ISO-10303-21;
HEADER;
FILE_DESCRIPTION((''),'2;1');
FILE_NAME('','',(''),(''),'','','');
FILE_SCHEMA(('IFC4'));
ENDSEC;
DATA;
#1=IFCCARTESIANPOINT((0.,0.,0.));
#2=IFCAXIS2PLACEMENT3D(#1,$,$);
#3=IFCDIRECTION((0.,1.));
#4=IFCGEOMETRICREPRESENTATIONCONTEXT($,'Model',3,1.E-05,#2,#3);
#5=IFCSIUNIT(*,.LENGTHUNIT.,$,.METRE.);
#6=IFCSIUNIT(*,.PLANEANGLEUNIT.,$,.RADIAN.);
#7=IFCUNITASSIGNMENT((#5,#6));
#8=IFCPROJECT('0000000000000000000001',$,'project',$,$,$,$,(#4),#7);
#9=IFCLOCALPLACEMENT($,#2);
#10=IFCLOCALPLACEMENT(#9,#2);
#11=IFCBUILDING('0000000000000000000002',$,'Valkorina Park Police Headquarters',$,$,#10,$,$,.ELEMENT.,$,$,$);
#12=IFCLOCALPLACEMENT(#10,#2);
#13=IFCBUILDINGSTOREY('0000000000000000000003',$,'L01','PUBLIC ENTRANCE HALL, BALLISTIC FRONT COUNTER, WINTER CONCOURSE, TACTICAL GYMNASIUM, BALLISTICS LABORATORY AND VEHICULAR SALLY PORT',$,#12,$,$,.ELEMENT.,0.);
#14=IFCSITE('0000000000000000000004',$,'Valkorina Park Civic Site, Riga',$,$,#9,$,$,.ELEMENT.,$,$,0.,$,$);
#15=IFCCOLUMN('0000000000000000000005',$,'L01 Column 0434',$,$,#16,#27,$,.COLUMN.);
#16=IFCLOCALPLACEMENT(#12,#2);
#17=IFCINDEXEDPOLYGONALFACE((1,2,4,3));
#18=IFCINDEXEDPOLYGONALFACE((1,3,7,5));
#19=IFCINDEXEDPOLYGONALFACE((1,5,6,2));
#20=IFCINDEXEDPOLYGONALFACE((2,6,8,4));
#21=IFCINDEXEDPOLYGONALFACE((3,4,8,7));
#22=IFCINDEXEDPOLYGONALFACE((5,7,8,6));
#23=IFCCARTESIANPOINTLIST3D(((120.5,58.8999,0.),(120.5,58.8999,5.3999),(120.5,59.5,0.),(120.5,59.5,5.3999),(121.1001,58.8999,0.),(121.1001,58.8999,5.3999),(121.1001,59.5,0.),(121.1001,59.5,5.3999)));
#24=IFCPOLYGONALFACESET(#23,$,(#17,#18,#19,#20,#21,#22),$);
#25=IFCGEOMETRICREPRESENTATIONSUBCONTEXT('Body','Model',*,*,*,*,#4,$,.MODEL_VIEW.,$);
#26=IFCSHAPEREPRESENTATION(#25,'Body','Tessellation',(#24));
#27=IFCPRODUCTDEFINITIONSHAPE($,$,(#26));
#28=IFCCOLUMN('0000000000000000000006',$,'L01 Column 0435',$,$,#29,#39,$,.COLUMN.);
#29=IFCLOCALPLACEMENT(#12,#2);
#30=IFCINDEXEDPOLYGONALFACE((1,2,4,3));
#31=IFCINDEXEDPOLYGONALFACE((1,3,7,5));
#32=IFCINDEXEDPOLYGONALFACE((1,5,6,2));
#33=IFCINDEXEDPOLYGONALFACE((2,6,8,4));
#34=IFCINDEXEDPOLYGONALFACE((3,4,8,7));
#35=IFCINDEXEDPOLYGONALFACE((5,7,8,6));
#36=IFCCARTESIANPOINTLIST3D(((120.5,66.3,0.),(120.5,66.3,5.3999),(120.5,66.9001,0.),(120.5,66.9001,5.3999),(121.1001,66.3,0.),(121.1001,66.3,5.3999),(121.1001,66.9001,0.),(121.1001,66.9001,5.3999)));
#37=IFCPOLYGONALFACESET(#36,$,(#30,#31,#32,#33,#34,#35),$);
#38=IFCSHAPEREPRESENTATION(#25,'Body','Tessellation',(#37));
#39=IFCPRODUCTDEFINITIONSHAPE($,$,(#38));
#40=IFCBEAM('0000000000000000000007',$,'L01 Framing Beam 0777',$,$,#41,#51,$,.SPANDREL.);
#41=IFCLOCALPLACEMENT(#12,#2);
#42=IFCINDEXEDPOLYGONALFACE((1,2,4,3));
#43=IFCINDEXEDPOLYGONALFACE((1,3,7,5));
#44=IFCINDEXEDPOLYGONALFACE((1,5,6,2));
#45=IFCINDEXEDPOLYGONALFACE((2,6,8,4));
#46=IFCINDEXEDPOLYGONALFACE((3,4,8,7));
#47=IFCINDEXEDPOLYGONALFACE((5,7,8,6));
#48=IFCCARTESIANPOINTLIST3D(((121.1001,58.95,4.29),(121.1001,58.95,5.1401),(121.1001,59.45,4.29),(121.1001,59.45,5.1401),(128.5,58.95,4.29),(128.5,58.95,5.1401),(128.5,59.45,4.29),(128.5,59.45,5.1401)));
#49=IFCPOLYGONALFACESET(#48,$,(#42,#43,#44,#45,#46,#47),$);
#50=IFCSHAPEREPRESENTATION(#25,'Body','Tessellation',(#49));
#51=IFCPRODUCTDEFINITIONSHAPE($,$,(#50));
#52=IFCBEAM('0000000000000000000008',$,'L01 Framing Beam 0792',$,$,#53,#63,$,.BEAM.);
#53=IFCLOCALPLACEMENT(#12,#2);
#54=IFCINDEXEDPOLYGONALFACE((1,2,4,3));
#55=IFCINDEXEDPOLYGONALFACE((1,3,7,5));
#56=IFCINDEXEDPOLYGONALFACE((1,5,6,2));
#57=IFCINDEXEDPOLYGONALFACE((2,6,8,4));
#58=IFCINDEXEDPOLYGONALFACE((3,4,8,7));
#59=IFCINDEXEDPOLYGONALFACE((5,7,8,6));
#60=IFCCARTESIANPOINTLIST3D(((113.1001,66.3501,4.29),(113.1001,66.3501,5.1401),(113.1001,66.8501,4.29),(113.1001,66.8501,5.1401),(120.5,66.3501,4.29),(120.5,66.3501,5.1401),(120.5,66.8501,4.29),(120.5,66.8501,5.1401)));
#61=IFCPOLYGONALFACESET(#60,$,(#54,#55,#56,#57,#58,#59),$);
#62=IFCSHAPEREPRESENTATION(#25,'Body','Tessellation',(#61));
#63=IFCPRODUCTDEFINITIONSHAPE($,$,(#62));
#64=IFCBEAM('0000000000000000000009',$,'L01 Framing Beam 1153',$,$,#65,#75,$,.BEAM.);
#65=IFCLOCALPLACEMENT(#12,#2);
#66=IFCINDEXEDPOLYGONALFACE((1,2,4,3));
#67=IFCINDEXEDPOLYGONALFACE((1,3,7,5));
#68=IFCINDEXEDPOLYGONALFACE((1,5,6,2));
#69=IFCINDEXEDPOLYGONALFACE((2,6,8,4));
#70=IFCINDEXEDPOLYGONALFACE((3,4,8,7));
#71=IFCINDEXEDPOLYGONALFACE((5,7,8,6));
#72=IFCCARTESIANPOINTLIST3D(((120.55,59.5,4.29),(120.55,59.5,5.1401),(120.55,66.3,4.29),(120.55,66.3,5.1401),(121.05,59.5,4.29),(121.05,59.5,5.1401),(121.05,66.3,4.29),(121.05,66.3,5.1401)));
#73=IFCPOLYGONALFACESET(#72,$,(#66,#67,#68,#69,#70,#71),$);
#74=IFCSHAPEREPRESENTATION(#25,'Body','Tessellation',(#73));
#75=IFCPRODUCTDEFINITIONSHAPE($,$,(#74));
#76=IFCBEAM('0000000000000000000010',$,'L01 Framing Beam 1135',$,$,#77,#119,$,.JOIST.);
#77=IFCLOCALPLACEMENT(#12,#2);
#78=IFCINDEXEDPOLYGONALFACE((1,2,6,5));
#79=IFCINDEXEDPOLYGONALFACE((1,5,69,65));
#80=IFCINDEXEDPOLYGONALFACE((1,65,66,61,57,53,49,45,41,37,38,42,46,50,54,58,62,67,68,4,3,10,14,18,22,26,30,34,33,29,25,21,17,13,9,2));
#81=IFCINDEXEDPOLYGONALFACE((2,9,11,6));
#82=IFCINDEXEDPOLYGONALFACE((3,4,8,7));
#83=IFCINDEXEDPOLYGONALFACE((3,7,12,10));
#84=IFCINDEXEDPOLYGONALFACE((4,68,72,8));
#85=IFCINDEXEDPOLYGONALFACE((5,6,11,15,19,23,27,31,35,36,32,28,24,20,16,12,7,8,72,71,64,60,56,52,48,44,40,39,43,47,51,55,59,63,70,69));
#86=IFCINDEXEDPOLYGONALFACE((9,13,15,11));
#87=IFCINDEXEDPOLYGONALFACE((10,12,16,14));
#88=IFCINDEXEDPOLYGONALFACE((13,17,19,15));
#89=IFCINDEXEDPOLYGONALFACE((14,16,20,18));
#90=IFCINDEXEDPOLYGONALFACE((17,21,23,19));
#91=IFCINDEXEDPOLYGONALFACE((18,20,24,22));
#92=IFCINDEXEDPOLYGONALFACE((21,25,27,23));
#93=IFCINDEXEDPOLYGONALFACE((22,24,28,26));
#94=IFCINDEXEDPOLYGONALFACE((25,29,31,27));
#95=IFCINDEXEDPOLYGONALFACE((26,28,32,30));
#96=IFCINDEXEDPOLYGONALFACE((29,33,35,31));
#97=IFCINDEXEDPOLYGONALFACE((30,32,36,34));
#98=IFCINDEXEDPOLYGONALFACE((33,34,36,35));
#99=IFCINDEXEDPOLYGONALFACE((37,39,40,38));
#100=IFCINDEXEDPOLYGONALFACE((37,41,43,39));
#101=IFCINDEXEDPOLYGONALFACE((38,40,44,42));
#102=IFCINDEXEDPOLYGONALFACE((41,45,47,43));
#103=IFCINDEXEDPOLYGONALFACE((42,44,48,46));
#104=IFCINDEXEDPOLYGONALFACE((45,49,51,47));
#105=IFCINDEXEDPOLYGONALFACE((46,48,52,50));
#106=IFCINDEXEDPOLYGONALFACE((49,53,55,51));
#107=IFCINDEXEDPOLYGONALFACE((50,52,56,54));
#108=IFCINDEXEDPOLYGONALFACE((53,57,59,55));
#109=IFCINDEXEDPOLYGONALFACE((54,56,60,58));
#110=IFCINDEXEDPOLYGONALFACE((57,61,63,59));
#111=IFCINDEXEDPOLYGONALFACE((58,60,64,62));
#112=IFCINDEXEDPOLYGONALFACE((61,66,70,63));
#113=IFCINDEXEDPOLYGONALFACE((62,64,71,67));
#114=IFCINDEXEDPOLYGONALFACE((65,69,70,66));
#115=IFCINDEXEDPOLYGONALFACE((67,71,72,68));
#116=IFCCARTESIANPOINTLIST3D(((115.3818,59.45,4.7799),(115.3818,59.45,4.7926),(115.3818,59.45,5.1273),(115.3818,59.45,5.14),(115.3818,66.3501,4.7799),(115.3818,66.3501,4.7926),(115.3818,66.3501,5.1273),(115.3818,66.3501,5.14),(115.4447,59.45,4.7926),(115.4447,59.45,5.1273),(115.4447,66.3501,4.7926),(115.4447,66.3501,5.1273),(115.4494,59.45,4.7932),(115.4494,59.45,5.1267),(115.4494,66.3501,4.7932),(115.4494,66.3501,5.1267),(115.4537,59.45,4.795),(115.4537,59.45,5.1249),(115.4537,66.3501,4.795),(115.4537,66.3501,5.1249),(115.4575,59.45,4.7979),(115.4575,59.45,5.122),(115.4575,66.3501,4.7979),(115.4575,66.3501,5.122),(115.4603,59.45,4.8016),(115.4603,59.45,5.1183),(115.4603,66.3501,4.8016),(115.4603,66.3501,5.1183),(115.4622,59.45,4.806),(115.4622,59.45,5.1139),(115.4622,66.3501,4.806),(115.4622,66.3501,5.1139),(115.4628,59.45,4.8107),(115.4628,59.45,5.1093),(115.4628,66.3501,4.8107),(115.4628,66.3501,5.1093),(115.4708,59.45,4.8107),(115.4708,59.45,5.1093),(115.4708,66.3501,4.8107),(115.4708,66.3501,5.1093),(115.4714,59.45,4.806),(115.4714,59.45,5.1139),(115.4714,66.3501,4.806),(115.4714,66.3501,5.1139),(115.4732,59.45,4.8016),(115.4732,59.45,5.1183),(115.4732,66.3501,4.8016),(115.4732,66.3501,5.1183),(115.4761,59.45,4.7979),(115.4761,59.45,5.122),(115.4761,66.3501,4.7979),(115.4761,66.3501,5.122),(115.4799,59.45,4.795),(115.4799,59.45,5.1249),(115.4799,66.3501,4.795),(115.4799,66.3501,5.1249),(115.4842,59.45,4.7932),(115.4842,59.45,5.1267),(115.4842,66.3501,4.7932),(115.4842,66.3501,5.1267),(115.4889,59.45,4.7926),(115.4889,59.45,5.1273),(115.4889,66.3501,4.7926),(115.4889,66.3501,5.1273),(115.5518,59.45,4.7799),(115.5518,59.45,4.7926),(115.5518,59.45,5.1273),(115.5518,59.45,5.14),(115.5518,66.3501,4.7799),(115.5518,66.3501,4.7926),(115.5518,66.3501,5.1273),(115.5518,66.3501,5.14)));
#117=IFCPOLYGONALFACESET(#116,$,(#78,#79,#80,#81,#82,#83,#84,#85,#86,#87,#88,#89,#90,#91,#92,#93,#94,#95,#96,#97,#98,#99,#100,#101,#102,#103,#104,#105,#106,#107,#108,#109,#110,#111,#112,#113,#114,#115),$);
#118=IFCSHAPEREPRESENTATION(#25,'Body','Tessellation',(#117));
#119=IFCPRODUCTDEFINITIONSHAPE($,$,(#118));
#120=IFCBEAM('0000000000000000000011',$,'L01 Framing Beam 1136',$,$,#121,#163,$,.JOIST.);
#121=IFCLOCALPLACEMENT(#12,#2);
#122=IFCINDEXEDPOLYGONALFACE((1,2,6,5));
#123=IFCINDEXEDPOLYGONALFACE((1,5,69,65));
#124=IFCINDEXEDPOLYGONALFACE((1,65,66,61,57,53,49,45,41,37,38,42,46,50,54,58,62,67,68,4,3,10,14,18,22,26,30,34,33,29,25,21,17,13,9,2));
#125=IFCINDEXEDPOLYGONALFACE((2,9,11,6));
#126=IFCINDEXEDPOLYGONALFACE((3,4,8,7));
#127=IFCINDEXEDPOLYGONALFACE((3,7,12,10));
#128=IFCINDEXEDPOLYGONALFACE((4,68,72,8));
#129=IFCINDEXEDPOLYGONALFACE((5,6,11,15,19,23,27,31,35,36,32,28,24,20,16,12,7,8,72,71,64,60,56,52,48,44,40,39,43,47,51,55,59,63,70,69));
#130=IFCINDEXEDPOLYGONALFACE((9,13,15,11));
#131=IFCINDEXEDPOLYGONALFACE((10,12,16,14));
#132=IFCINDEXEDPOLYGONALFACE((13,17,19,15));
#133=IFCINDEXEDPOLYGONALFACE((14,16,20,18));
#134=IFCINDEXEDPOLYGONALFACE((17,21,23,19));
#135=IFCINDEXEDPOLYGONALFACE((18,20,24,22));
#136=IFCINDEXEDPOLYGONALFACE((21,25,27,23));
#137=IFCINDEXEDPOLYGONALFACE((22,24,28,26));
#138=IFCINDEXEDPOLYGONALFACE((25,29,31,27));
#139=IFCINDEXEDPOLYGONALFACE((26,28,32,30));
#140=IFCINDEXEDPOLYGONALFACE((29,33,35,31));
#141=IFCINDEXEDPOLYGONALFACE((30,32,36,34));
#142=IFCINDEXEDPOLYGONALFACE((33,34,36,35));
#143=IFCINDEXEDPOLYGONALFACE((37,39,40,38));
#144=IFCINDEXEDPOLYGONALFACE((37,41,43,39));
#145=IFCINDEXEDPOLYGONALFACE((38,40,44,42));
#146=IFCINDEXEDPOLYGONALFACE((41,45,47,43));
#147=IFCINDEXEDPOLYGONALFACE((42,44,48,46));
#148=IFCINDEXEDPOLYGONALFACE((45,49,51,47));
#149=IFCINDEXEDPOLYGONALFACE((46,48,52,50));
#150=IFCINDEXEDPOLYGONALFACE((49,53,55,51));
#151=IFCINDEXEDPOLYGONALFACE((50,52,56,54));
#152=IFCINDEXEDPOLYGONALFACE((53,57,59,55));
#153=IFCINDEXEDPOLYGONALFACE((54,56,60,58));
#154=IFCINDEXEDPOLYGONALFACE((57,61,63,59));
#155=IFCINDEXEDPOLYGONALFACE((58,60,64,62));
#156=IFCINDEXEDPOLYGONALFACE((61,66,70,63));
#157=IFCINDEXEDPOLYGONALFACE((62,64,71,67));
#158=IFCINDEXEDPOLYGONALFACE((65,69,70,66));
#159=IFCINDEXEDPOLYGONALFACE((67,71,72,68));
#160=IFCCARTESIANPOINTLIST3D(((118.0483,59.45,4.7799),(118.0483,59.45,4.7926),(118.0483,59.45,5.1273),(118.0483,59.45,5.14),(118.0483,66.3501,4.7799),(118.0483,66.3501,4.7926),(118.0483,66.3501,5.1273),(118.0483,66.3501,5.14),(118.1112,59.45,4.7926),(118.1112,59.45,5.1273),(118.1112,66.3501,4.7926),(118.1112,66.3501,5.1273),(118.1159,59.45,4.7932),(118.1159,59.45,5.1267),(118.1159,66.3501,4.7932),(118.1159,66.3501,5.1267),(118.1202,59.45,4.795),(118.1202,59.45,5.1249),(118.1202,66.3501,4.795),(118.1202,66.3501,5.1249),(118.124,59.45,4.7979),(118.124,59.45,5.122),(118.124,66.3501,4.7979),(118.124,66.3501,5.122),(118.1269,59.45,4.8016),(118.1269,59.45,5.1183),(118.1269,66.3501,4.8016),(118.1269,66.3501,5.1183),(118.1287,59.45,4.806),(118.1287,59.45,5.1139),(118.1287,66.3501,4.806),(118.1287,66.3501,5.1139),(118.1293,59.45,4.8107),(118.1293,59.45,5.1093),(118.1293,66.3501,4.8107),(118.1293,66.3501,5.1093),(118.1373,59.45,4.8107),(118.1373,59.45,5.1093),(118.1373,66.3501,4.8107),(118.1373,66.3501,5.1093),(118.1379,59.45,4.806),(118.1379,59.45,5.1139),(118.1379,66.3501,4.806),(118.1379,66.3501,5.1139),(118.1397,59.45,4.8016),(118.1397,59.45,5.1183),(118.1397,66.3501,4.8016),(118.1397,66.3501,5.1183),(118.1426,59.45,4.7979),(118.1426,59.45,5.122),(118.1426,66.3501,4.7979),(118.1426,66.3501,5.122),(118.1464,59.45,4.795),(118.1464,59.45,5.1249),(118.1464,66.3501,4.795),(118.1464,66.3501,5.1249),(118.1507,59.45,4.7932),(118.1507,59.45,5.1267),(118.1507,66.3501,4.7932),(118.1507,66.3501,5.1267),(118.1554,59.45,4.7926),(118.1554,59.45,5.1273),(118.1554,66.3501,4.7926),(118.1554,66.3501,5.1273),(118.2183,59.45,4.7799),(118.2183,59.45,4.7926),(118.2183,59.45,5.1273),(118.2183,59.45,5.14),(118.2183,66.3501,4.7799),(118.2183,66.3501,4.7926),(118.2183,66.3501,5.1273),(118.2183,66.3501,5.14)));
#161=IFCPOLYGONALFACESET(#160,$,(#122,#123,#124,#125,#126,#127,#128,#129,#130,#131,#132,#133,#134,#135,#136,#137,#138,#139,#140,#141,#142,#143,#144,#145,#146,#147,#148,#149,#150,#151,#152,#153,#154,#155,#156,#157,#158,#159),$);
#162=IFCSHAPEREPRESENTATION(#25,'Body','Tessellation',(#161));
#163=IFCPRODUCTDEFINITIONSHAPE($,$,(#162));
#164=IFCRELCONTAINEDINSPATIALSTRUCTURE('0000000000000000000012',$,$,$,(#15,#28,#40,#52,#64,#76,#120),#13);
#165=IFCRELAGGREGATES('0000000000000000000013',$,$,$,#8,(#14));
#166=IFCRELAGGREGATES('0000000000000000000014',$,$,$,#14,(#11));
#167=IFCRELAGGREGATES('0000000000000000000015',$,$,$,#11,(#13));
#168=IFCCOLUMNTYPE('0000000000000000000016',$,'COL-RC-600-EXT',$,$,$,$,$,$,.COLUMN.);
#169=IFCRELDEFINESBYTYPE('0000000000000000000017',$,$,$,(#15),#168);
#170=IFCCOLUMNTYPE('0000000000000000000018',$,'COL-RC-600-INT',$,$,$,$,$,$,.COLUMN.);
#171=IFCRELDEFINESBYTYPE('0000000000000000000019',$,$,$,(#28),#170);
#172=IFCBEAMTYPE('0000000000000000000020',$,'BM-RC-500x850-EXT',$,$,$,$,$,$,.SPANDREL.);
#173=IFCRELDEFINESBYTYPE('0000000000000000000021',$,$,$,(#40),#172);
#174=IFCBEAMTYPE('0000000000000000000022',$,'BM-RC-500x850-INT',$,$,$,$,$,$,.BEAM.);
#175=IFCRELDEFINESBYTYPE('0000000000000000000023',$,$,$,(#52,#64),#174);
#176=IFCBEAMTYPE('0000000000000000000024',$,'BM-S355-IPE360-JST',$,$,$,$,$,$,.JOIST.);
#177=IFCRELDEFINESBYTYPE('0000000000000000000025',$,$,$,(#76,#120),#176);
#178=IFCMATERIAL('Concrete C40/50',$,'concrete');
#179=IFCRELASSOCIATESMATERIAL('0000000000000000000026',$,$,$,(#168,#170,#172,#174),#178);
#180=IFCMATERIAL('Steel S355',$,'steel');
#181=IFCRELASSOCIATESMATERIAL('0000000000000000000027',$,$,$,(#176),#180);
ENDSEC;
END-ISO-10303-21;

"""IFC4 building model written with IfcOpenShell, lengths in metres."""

from ifc_helpers import new_model, si_unit, direction, frame, origin, origin_2d, place, context, subcontext, project, spatial, rectangle, i_section, extrude, material, material_profile, profile_set, type_object, element, save


model = new_model("IFC4")

# Units and contexts
model_context = context("Model", 3, precision=1e-05, world=origin(), true_north=direction((0.0, 1.0)))
body_context = subcontext(model_context, "Body", "Model", "MODEL_VIEW")
ifc_project = project(units=[si_unit("LENGTHUNIT", "METRE"), si_unit("PLANEANGLEUNIT", "RADIAN")], contexts=[model_context])

# Site, building, storey
site_placement = place(None, origin())
site = spatial("IfcSite", under=ifc_project, at=site_placement, Name="Valkorina Park Civic Site, Riga", CompositionType="ELEMENT", RefElevation=0.0)
building_placement = place(site_placement, origin())
building = spatial("IfcBuilding", under=site, at=building_placement, Name="Valkorina Park Police Headquarters", CompositionType="ELEMENT")
storey_placement = place(building_placement, origin())
storey = spatial("IfcBuildingStorey", under=building, at=storey_placement, Name="L01", Description="PUBLIC ENTRANCE HALL, BALLISTIC FRONT COUNTER, WINTER CONCOURSE, TACTICAL GYMNASIUM, BALLISTICS LABORATORY AND VEHICULAR SALLY PORT", CompositionType="ELEMENT", Elevation=0.0)

# Columns
ifc_material_1 = material(Name="Concrete C40/50", Category="concrete")
ifc_material_profile_1 = material_profile(ifc_material_1, rectangle(XDim=0.6001, YDim=0.6001, at=origin_2d()), Name="RC COL 600x600")
ifc_profile_set_1 = profile_set([ifc_material_profile_1], Name="Concrete C40/50")
column_type_1 = type_object("IfcColumnType", Name="COL-RC-600-EXT", PredefinedType="COLUMN", material=ifc_profile_set_1)
column_1_placement = place(storey_placement, frame((120.8, 59.2, 0.0), z_axis=(0.0, 0.0, 1.0), x_axis=(1.0, 0.0, 0.0)))
element("IfcColumn", 1, at=column_1_placement, inside=storey, type_object=column_type_1, Name="L01 Column 0434", PredefinedType="COLUMN", context=body_context, shape_type="SweptSolid", body=[
    extrude(rectangle(XDim=0.6001, YDim=0.6001, at=origin_2d()), origin(), (0.0, 0.0, 1.0), 5.3999),
])
ifc_material_profile_2 = material_profile(ifc_material_1, rectangle(XDim=0.6001, YDim=0.6001, at=origin_2d()), Name="RC COL 600x600")
ifc_profile_set_2 = profile_set([ifc_material_profile_2], Name="Concrete C40/50")
column_type_2 = type_object("IfcColumnType", Name="COL-RC-600-INT", PredefinedType="COLUMN", material=ifc_profile_set_2)
column_2_placement = place(storey_placement, frame((120.8, 66.6001, 0.0), z_axis=(0.0, 0.0, 1.0), x_axis=(1.0, 0.0, 0.0)))
element("IfcColumn", 2, at=column_2_placement, inside=storey, type_object=column_type_2, Name="L01 Column 0435", PredefinedType="COLUMN", context=body_context, shape_type="SweptSolid", body=[
    extrude(rectangle(XDim=0.6001, YDim=0.6001, at=origin_2d()), origin(), (0.0, 0.0, 1.0), 5.3999),
])

# Beams
ifc_material_profile_3 = material_profile(ifc_material_1, rectangle(XDim=0.5, YDim=0.8501, at=origin_2d()), Name="RC BEAM 500x850")
ifc_profile_set_3 = profile_set([ifc_material_profile_3], Name="Concrete C40/50")
beam_type_1 = type_object("IfcBeamType", Name="BM-RC-500x850-EXT", PredefinedType="SPANDREL", material=ifc_profile_set_3)
beam_1_placement = place(storey_placement, frame((121.1001, 59.2, 4.7151), z_axis=(1.0, 0.0, 0.0), x_axis=(0.0, 1.0, 0.0)))
element("IfcBeam", 3, at=beam_1_placement, inside=storey, type_object=beam_type_1, Name="L01 Framing Beam 0777", PredefinedType="SPANDREL", context=body_context, shape_type="SweptSolid", body=[
    extrude(rectangle(XDim=0.5, YDim=0.8501, at=origin_2d()), origin(), (0.0, 0.0, 1.0), 7.3999),
])
ifc_material_profile_4 = material_profile(ifc_material_1, rectangle(XDim=0.5, YDim=0.8501, at=origin_2d()), Name="RC BEAM 500x850")
ifc_profile_set_4 = profile_set([ifc_material_profile_4], Name="Concrete C40/50")
beam_type_2 = type_object("IfcBeamType", Name="BM-RC-500x850-INT", PredefinedType="BEAM", material=ifc_profile_set_4)
beam_2_placement = place(storey_placement, frame((113.1001, 66.6001, 4.7151), z_axis=(1.0, 0.0, 0.0), x_axis=(0.0, 1.0, 0.0)))
element("IfcBeam", 4, at=beam_2_placement, inside=storey, type_object=beam_type_2, Name="L01 Framing Beam 0792", PredefinedType="BEAM", context=body_context, shape_type="SweptSolid", body=[
    extrude(rectangle(XDim=0.5, YDim=0.8501, at=origin_2d()), origin(), (0.0, 0.0, 1.0), 7.3999),
])
beam_3_placement = place(storey_placement, frame((120.8, 59.5, 4.7151), z_axis=(0.0, 1.0, 0.0), x_axis=(-1.0, 0.0, 0.0)))
element("IfcBeam", 5, at=beam_3_placement, inside=storey, type_object=beam_type_2, Name="L01 Framing Beam 1153", PredefinedType="BEAM", context=body_context, shape_type="SweptSolid", body=[
    extrude(rectangle(XDim=0.5, YDim=0.8501, at=origin_2d()), origin(), (0.0, 0.0, 1.0), 6.8),
])
ifc_material_2 = material(Name="Steel S355", Category="steel")
ifc_material_profile_5 = material_profile(ifc_material_2, i_section(OverallWidth=0.1699, OverallDepth=0.3601, WebThickness=0.0081, FlangeThickness=0.0127, FilletRadius=0.0181, at=origin_2d()), Name="IPE 360")
ifc_profile_set_5 = profile_set([ifc_material_profile_5], Name="Steel S355")
beam_type_3 = type_object("IfcBeamType", Name="BM-S355-IPE360-JST", PredefinedType="JOIST", material=ifc_profile_set_5)
for number, where, z_axis, x_axis, name in (
    (6, (115.4668, 59.45, 4.96), (0.0, 1.0, 0.0), (-1.0, 0.0, 0.0), "L01 Framing Beam 1135"),
    (7, (118.1333, 59.45, 4.96), (0.0, 1.0, 0.0), (-1.0, 0.0, 0.0), "L01 Framing Beam 1136"),
):
    element("IfcBeam", number, at=place(storey_placement, frame(where, z_axis=z_axis, x_axis=x_axis)), inside=storey, type_object=beam_type_3, Name=name, PredefinedType="JOIST", context=body_context, shape_type="SweptSolid", body=[
        extrude(i_section(OverallWidth=0.1699, OverallDepth=0.3601, WebThickness=0.0081, FlangeThickness=0.0127, FilletRadius=0.0181, at=origin_2d()), origin(), (0.0, 0.0, 1.0), 6.9001),
    ])

save(model, "model.ifc")
